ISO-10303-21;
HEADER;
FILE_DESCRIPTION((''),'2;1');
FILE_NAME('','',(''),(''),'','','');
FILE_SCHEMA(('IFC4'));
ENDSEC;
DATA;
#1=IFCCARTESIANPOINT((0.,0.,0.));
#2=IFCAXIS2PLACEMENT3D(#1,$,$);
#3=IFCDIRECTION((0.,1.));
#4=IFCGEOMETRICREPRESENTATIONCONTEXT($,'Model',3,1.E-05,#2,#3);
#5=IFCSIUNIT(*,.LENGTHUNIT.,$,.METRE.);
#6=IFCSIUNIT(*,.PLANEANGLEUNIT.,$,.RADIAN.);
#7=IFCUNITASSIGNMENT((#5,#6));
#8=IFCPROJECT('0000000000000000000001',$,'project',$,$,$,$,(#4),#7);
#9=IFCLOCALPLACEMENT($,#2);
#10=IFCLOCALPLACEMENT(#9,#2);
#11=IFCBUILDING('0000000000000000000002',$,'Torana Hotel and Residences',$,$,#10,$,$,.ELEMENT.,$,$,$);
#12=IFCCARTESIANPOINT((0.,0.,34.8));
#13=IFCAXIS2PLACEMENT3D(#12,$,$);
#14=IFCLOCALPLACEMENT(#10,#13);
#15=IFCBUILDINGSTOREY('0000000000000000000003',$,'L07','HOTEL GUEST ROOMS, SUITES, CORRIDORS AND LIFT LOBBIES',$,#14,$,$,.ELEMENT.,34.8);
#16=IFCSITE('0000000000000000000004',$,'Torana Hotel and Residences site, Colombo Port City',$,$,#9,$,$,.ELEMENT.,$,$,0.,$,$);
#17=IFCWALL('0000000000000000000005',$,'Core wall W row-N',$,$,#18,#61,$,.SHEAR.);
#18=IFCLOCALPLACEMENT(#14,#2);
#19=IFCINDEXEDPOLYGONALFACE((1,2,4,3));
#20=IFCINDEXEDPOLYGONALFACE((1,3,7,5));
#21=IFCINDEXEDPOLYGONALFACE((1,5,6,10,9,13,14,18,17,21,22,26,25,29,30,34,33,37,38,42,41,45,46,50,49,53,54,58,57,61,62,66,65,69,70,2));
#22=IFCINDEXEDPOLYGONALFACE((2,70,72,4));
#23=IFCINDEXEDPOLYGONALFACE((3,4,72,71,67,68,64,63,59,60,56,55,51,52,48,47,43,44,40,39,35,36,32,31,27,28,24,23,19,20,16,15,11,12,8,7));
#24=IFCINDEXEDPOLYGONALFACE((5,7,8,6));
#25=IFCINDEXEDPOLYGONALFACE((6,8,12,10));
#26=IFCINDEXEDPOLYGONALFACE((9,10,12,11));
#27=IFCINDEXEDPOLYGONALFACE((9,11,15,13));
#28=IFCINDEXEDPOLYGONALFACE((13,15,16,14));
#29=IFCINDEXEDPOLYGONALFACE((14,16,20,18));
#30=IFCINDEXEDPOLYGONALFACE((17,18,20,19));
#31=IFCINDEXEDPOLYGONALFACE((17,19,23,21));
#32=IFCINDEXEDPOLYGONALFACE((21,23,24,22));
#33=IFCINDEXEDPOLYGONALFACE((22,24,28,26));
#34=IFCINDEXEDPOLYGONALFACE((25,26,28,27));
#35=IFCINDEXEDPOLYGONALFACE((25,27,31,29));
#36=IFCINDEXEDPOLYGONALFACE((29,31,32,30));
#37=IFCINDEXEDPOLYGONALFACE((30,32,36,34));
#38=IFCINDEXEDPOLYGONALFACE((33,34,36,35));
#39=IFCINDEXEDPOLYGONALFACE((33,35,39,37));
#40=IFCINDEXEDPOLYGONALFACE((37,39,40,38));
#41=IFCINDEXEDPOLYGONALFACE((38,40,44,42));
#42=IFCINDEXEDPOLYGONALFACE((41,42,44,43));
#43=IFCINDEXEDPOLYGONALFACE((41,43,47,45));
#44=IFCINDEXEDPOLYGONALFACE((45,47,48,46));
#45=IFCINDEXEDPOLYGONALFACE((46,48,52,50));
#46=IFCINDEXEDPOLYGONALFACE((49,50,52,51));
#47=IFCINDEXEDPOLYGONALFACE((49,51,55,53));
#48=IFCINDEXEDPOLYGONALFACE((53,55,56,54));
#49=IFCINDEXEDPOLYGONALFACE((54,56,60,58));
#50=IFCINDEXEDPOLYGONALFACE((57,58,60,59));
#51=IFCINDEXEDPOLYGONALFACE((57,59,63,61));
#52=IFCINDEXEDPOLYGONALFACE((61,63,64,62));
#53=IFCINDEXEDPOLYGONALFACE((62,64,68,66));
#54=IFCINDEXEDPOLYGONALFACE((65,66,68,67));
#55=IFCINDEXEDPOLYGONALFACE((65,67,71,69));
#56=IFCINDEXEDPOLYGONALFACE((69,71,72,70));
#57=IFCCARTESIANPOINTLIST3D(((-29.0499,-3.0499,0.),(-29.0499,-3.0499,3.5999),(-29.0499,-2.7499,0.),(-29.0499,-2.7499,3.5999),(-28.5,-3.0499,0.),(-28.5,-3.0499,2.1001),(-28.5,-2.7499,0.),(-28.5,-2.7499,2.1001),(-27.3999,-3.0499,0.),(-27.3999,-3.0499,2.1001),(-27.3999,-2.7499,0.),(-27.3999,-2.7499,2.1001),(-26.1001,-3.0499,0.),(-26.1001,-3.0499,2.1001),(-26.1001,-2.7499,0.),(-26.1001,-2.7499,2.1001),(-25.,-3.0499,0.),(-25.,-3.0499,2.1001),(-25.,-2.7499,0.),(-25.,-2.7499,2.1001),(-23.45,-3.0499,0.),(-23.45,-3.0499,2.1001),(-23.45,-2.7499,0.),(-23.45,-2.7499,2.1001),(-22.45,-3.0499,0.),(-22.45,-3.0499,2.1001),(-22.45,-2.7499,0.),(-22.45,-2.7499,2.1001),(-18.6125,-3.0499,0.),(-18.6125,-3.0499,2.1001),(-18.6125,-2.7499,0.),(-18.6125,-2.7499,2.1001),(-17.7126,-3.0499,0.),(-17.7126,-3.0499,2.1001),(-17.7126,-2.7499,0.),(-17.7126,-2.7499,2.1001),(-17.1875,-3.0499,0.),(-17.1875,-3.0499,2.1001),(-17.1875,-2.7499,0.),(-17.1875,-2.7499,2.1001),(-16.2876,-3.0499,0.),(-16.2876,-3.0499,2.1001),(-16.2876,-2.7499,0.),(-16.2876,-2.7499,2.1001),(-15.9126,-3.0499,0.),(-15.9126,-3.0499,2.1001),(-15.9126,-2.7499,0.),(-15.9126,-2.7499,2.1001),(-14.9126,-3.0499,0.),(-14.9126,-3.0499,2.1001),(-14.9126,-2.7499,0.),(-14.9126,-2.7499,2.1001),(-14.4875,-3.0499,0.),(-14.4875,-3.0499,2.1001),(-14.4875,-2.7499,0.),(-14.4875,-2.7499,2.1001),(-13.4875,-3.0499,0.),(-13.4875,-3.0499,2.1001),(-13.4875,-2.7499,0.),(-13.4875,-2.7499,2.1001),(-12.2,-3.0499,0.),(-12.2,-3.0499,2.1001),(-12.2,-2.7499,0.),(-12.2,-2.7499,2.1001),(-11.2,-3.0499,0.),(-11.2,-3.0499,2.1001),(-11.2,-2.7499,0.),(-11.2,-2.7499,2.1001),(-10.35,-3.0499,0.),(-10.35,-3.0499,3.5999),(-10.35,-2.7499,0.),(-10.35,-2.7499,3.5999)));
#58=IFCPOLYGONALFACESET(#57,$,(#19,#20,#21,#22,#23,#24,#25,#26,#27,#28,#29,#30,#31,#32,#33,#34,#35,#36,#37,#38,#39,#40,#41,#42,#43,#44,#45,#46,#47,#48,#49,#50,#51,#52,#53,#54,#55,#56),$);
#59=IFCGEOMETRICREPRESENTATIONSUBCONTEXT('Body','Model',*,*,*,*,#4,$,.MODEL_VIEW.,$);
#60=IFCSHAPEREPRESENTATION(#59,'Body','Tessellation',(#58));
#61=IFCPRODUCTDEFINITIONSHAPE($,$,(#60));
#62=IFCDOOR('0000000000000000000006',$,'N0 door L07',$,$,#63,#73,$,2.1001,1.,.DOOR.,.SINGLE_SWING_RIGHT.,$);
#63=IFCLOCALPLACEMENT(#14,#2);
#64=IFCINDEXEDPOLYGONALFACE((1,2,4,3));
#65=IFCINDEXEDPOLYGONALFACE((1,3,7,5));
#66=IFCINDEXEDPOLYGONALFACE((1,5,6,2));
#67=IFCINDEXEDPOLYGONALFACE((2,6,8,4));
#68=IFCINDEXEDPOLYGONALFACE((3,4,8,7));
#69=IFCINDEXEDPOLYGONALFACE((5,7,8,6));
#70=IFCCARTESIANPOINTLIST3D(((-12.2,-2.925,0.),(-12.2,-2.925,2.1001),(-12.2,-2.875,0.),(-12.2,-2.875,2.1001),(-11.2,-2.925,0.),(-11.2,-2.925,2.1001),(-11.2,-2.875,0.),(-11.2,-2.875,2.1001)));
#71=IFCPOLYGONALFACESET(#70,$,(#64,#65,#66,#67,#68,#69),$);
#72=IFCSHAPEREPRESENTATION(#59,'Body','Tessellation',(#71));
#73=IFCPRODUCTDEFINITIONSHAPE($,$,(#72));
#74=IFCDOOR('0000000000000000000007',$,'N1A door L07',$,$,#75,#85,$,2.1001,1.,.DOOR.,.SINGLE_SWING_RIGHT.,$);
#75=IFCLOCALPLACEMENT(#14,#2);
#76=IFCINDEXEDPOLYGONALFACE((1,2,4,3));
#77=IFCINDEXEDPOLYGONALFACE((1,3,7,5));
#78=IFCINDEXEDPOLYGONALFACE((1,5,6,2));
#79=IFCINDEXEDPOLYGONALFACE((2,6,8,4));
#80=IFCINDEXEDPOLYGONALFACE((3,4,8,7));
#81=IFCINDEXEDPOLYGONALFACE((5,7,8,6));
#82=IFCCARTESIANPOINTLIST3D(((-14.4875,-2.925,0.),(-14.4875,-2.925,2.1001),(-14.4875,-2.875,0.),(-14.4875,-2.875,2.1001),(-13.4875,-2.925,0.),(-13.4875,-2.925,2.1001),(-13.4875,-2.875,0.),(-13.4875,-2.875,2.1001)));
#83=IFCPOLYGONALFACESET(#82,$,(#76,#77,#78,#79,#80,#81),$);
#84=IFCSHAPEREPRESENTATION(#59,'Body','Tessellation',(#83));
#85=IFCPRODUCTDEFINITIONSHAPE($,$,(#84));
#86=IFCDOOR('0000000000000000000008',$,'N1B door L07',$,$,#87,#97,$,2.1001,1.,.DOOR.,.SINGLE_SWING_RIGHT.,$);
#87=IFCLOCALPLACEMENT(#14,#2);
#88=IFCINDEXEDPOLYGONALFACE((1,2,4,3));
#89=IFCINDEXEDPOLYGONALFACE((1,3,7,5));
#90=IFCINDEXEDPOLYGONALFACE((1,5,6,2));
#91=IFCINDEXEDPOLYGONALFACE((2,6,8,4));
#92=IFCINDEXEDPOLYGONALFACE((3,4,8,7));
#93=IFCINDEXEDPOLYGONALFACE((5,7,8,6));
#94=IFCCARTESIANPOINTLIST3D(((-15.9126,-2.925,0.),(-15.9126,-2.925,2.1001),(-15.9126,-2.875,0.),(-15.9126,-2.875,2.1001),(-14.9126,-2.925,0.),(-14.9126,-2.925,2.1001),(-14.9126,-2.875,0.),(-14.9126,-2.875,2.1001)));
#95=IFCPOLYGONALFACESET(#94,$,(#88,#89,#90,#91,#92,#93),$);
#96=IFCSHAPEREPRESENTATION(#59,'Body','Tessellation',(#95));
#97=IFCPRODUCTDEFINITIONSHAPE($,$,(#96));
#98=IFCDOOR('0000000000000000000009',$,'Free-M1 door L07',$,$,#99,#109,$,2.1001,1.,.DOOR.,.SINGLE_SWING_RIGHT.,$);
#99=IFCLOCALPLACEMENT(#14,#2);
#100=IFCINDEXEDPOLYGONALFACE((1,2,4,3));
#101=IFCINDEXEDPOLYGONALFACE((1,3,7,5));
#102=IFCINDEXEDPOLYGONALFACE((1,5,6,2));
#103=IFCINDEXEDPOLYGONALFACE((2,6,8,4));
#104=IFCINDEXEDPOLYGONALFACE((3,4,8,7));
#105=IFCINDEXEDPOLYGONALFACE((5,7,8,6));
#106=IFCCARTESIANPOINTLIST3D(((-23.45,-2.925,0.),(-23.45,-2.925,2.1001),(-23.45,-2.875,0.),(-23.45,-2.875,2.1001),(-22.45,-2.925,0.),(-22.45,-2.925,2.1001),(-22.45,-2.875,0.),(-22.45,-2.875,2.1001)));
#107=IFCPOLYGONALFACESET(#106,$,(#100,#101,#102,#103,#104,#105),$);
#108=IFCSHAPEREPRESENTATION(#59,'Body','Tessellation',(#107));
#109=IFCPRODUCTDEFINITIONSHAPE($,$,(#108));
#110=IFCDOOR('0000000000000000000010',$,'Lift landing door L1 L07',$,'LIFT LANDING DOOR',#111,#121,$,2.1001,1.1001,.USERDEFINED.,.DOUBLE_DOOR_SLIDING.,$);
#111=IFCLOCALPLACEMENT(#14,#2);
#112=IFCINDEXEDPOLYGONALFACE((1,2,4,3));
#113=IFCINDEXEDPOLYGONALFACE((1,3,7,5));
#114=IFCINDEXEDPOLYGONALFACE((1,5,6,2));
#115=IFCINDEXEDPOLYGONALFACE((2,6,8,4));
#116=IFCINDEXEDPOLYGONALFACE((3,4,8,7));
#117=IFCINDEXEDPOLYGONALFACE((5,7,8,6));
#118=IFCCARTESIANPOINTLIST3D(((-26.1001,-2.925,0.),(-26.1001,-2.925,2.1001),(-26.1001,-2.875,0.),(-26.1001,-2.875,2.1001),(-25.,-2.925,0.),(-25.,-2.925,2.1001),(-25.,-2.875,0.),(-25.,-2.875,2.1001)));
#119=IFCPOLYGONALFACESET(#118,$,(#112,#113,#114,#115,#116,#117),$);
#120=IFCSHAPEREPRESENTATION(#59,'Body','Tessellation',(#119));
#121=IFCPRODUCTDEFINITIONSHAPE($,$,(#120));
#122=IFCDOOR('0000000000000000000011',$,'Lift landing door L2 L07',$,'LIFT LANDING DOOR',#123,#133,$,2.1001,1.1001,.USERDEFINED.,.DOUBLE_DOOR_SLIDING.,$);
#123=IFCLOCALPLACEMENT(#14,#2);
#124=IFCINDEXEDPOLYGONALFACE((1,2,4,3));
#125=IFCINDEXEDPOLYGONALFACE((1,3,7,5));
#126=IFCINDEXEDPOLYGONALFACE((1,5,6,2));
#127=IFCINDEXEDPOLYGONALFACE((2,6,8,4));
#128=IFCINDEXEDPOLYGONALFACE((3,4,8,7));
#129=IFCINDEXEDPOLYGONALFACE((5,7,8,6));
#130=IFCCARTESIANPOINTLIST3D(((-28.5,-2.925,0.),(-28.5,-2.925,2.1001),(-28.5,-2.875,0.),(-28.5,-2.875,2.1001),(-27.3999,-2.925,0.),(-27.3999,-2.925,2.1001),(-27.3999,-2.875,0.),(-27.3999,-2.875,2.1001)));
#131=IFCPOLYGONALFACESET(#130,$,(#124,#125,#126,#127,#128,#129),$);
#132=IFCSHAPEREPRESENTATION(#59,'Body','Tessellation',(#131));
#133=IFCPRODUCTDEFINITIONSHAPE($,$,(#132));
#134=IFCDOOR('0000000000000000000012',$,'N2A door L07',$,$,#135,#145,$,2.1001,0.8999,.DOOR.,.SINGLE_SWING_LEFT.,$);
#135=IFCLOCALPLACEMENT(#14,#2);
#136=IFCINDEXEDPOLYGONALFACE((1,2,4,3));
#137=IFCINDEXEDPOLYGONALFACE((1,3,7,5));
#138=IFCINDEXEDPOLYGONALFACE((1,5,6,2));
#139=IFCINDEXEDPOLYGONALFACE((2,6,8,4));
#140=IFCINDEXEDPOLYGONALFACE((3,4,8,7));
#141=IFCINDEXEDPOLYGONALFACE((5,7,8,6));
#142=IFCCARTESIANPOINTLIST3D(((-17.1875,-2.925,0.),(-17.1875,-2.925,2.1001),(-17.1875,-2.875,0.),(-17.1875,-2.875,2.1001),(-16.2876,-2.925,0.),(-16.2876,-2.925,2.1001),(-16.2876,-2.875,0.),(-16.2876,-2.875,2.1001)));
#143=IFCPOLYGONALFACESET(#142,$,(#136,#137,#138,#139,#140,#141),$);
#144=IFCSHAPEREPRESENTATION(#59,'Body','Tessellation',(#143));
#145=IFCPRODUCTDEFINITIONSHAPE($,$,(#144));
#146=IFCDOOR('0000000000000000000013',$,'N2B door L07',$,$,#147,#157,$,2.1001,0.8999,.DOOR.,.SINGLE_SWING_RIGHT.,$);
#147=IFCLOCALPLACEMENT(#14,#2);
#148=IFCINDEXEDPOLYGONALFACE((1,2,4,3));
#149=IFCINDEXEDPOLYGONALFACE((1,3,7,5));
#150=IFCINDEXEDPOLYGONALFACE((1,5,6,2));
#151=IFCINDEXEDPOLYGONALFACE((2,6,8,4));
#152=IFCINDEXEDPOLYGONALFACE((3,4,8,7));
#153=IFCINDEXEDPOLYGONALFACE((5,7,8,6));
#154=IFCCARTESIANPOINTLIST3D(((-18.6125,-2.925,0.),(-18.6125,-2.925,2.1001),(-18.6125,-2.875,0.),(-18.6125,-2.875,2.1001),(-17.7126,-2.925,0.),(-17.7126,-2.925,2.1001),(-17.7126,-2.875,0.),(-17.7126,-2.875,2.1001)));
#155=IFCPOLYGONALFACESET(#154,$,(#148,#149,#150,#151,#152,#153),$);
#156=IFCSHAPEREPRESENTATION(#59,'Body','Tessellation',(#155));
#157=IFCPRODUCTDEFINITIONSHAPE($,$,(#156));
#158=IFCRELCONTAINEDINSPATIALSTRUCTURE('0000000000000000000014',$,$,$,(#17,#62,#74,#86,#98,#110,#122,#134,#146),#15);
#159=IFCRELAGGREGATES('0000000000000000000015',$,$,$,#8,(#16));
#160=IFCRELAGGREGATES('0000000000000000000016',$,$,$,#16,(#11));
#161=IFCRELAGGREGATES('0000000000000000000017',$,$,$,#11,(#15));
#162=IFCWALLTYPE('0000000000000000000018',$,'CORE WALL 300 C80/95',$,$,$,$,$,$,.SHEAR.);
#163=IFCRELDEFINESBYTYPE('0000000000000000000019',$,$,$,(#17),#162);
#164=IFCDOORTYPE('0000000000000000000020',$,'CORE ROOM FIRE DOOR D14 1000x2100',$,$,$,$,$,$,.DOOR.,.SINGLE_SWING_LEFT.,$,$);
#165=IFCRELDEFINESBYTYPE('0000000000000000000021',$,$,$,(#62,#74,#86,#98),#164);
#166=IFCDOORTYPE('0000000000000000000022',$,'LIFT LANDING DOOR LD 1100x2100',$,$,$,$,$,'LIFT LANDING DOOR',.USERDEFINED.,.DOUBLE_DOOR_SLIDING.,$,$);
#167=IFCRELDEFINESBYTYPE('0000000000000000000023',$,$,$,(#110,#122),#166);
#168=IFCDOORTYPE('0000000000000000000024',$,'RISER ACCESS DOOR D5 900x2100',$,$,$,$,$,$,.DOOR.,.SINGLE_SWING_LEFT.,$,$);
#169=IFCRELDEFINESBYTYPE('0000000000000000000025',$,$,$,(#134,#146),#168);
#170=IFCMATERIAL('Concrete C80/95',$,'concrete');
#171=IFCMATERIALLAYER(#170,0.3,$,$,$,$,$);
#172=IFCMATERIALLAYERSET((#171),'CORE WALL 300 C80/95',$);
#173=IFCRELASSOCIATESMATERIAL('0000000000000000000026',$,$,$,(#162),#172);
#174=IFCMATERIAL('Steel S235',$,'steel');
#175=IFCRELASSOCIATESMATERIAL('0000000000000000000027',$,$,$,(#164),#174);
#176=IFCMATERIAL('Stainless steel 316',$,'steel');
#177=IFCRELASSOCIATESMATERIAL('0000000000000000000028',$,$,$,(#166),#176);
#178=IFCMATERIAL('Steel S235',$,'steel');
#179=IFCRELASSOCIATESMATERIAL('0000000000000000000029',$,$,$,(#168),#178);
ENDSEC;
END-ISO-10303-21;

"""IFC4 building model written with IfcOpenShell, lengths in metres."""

from ifc_helpers import new_model, si_unit, direction, frame, frame_2d, origin, place, context, subcontext, project, spatial, rectangle, extrude, material, layer, layer_set, type_object, element, fill, save


model = new_model("IFC4")

# Units and contexts
model_context = context("Model", 3, precision=1e-05, world=origin(), true_north=direction((0.0, 1.0)))
body_context = subcontext(model_context, "Body", "Model", "MODEL_VIEW")
ifc_project = project(units=[si_unit("LENGTHUNIT", "METRE"), si_unit("PLANEANGLEUNIT", "RADIAN")], contexts=[model_context])

# Site, building, storey
site_placement = place(None, origin())
site = spatial("IfcSite", under=ifc_project, at=site_placement, Name="Torana Hotel and Residences site, Colombo Port City", CompositionType="ELEMENT", RefElevation=0.0)
building_placement = place(site_placement, origin())
building = spatial("IfcBuilding", under=site, at=building_placement, Name="Torana Hotel and Residences", CompositionType="ELEMENT")
storey_placement = place(building_placement, frame((0.0, 0.0, 34.8)))
storey = spatial("IfcBuildingStorey", under=building, at=storey_placement, Name="L07", Description="HOTEL GUEST ROOMS, SUITES, CORRIDORS AND LIFT LOBBIES", CompositionType="ELEMENT", Elevation=34.8)

# Wall, openings, doors
ifc_material_1 = material(Name="Concrete C80/95", Category="concrete")
ifc_layer_1 = layer(ifc_material_1, 0.3)
ifc_layer_set_1 = layer_set([ifc_layer_1], Name="CORE WALL 300 C80/95")
wall_type_1 = type_object("IfcWallType", Name="CORE WALL 300 C80/95", PredefinedType="SHEAR", material=ifc_layer_set_1)
wall_1_placement = place(storey_placement, frame((-29.05, -2.8999, 0.0), z_axis=(0.0, 0.0, 1.0), x_axis=(1.0, 0.0, 0.0)))
wall_1 = element("IfcWall", 1, at=wall_1_placement, inside=storey, type_object=wall_type_1, Name="Core wall W row-N", PredefinedType="SHEAR", context=body_context, shape_type="SweptSolid", body=[
    extrude(rectangle(XDim=18.7, YDim=0.3, at=frame_2d((9.3501, 0.0))), origin(), (0.0, 0.0, 1.0), 3.5999),
])
opening_1_placement = place(wall_1_placement, frame((2.95, 0.0, 0.0)))
opening_1 = element("IfcOpeningElement", 2, at=opening_1_placement, cuts=wall_1, PredefinedType="OPENING", context=body_context, shape_type="SweptSolid", body=[
    extrude(rectangle(XDim=1.1001, YDim=2.1001, at=frame_2d((0.55, 1.05))), frame((0.0, 0.1599, 0.0), z_axis=(0.0, -1.0, 0.0), x_axis=(1.0, 0.0, 0.0)), (0.0, 0.0, 1.0), 0.3201),
])
opening_2_placement = place(wall_1_placement, frame((0.55, 0.0, 0.0)))
opening_2 = element("IfcOpeningElement", 3, at=opening_2_placement, cuts=wall_1, PredefinedType="OPENING", context=body_context, shape_type="SweptSolid", body=[
    extrude(rectangle(XDim=1.1001, YDim=2.1001, at=frame_2d((0.55, 1.05))), frame((0.0, 0.1599, 0.0), z_axis=(0.0, -1.0, 0.0), x_axis=(1.0, 0.0, 0.0)), (0.0, 0.0, 1.0), 0.3201),
])
opening_3_placement = place(wall_1_placement, frame((11.8625, 0.0, 0.0)))
opening_3 = element("IfcOpeningElement", 4, at=opening_3_placement, cuts=wall_1, PredefinedType="OPENING", context=body_context, shape_type="SweptSolid", body=[
    extrude(rectangle(XDim=0.8999, YDim=2.1001, at=frame_2d((0.45, 1.05))), frame((0.0, 0.1599, 0.0), z_axis=(0.0, -1.0, 0.0), x_axis=(1.0, 0.0, 0.0)), (0.0, 0.0, 1.0), 0.3201),
])
opening_4_placement = place(wall_1_placement, frame((10.4375, 0.0, 0.0)))
opening_4 = element("IfcOpeningElement", 5, at=opening_4_placement, cuts=wall_1, PredefinedType="OPENING", context=body_context, shape_type="SweptSolid", body=[
    extrude(rectangle(XDim=0.8999, YDim=2.1001, at=frame_2d((0.45, 1.05))), frame((0.0, 0.1599, 0.0), z_axis=(0.0, -1.0, 0.0), x_axis=(1.0, 0.0, 0.0)), (0.0, 0.0, 1.0), 0.3201),
])
opening_5_placement = place(wall_1_placement, frame((16.8501, 0.0, 0.0)))
opening_5 = element("IfcOpeningElement", 6, at=opening_5_placement, cuts=wall_1, PredefinedType="OPENING", context=body_context, shape_type="SweptSolid", body=[
    extrude(rectangle(XDim=1.0, YDim=2.1001, at=frame_2d((0.5, 1.05))), frame((0.0, 0.1599, 0.0), z_axis=(0.0, -1.0, 0.0), x_axis=(1.0, 0.0, 0.0)), (0.0, 0.0, 1.0), 0.3201),
])
opening_6_placement = place(wall_1_placement, frame((14.5625, 0.0, 0.0)))
opening_6 = element("IfcOpeningElement", 7, at=opening_6_placement, cuts=wall_1, PredefinedType="OPENING", context=body_context, shape_type="SweptSolid", body=[
    extrude(rectangle(XDim=1.0, YDim=2.1001, at=frame_2d((0.5, 1.05))), frame((0.0, 0.1599, 0.0), z_axis=(0.0, -1.0, 0.0), x_axis=(1.0, 0.0, 0.0)), (0.0, 0.0, 1.0), 0.3201),
])
opening_7_placement = place(wall_1_placement, frame((13.1375, 0.0, 0.0)))
opening_7 = element("IfcOpeningElement", 8, at=opening_7_placement, cuts=wall_1, PredefinedType="OPENING", context=body_context, shape_type="SweptSolid", body=[
    extrude(rectangle(XDim=1.0, YDim=2.1001, at=frame_2d((0.5, 1.05))), frame((0.0, 0.1599, 0.0), z_axis=(0.0, -1.0, 0.0), x_axis=(1.0, 0.0, 0.0)), (0.0, 0.0, 1.0), 0.3201),
])
opening_8_placement = place(wall_1_placement, frame((5.6001, 0.0, 0.0)))
opening_8 = element("IfcOpeningElement", 9, at=opening_8_placement, cuts=wall_1, PredefinedType="OPENING", context=body_context, shape_type="SweptSolid", body=[
    extrude(rectangle(XDim=1.0, YDim=2.1001, at=frame_2d((0.5, 1.05))), frame((0.0, 0.1599, 0.0), z_axis=(0.0, -1.0, 0.0), x_axis=(1.0, 0.0, 0.0)), (0.0, 0.0, 1.0), 0.3201),
])
ifc_material_2 = material(Name="Steel S235", Category="steel")
door_type_1 = type_object("IfcDoorType", Name="CORE ROOM FIRE DOOR D14 1000x2100", OperationType="SINGLE_SWING_LEFT", PredefinedType="DOOR", material=ifc_material_2)
door_1_placement = place(opening_5_placement, origin())
door_1 = element("IfcDoor", 10, at=door_1_placement, inside=storey, type_object=door_type_1, Name="N0 door L07", OperationType="SINGLE_SWING_RIGHT", OverallHeight=2.1001, OverallWidth=1.0, PredefinedType="DOOR", context=body_context, shape_type="SweptSolid", body=[
    extrude(rectangle(XDim=1.0, YDim=2.1001, at=frame_2d((0.5, 1.05))), frame((0.0, 0.0249, 0.0), z_axis=(0.0, -1.0, 0.0), x_axis=(1.0, 0.0, 0.0)), (0.0, 0.0, 1.0), 0.05),
])
fill(opening_5, door_1)
door_2_placement = place(opening_6_placement, origin())
door_2 = element("IfcDoor", 11, at=door_2_placement, inside=storey, type_object=door_type_1, Name="N1A door L07", OperationType="SINGLE_SWING_RIGHT", OverallHeight=2.1001, OverallWidth=1.0, PredefinedType="DOOR", context=body_context, shape_type="SweptSolid", body=[
    extrude(rectangle(XDim=1.0, YDim=2.1001, at=frame_2d((0.5, 1.05))), frame((0.0, 0.0249, 0.0), z_axis=(0.0, -1.0, 0.0), x_axis=(1.0, 0.0, 0.0)), (0.0, 0.0, 1.0), 0.05),
])
fill(opening_6, door_2)
door_3_placement = place(opening_7_placement, origin())
door_3 = element("IfcDoor", 12, at=door_3_placement, inside=storey, type_object=door_type_1, Name="N1B door L07", OperationType="SINGLE_SWING_RIGHT", OverallHeight=2.1001, OverallWidth=1.0, PredefinedType="DOOR", context=body_context, shape_type="SweptSolid", body=[
    extrude(rectangle(XDim=1.0, YDim=2.1001, at=frame_2d((0.5, 1.05))), frame((0.0, 0.0249, 0.0), z_axis=(0.0, -1.0, 0.0), x_axis=(1.0, 0.0, 0.0)), (0.0, 0.0, 1.0), 0.05),
])
fill(opening_7, door_3)
door_4_placement = place(opening_8_placement, origin())
door_4 = element("IfcDoor", 13, at=door_4_placement, inside=storey, type_object=door_type_1, Name="Free-M1 door L07", OperationType="SINGLE_SWING_RIGHT", OverallHeight=2.1001, OverallWidth=1.0, PredefinedType="DOOR", context=body_context, shape_type="SweptSolid", body=[
    extrude(rectangle(XDim=1.0, YDim=2.1001, at=frame_2d((0.5, 1.05))), frame((0.0, 0.0249, 0.0), z_axis=(0.0, -1.0, 0.0), x_axis=(1.0, 0.0, 0.0)), (0.0, 0.0, 1.0), 0.05),
])
fill(opening_8, door_4)
ifc_material_3 = material(Name="Stainless steel 316", Category="steel")
door_type_2 = type_object("IfcDoorType", Name="LIFT LANDING DOOR LD 1100x2100", ElementType="LIFT LANDING DOOR", OperationType="DOUBLE_DOOR_SLIDING", PredefinedType="USERDEFINED", material=ifc_material_3)
door_5_placement = place(opening_1_placement, origin())
door_5 = element("IfcDoor", 14, at=door_5_placement, inside=storey, type_object=door_type_2, Name="Lift landing door L1 L07", ObjectType="LIFT LANDING DOOR", OperationType="DOUBLE_DOOR_SLIDING", OverallHeight=2.1001, OverallWidth=1.1001, PredefinedType="USERDEFINED", context=body_context, shape_type="SweptSolid", body=[
    extrude(rectangle(XDim=1.1001, YDim=2.1001, at=frame_2d((0.55, 1.05))), frame((0.0, 0.0249, 0.0), z_axis=(0.0, -1.0, 0.0), x_axis=(1.0, 0.0, 0.0)), (0.0, 0.0, 1.0), 0.05),
])
fill(opening_1, door_5)
door_6_placement = place(opening_2_placement, origin())
door_6 = element("IfcDoor", 15, at=door_6_placement, inside=storey, type_object=door_type_2, Name="Lift landing door L2 L07", ObjectType="LIFT LANDING DOOR", OperationType="DOUBLE_DOOR_SLIDING", OverallHeight=2.1001, OverallWidth=1.1001, PredefinedType="USERDEFINED", context=body_context, shape_type="SweptSolid", body=[
    extrude(rectangle(XDim=1.1001, YDim=2.1001, at=frame_2d((0.55, 1.05))), frame((0.0, 0.0249, 0.0), z_axis=(0.0, -1.0, 0.0), x_axis=(1.0, 0.0, 0.0)), (0.0, 0.0, 1.0), 0.05),
])
fill(opening_2, door_6)
ifc_material_4 = material(Name="Steel S235", Category="steel")
door_type_3 = type_object("IfcDoorType", Name="RISER ACCESS DOOR D5 900x2100", OperationType="SINGLE_SWING_LEFT", PredefinedType="DOOR", material=ifc_material_4)
door_7_placement = place(opening_3_placement, origin())
door_7 = element("IfcDoor", 16, at=door_7_placement, inside=storey, type_object=door_type_3, Name="N2A door L07", OperationType="SINGLE_SWING_LEFT", OverallHeight=2.1001, OverallWidth=0.8999, PredefinedType="DOOR", context=body_context, shape_type="SweptSolid", body=[
    extrude(rectangle(XDim=0.8999, YDim=2.1001, at=frame_2d((0.45, 1.05))), frame((0.0, 0.0249, 0.0), z_axis=(0.0, -1.0, 0.0), x_axis=(1.0, 0.0, 0.0)), (0.0, 0.0, 1.0), 0.05),
])
fill(opening_3, door_7)
door_8_placement = place(opening_4_placement, origin())
door_8 = element("IfcDoor", 17, at=door_8_placement, inside=storey, type_object=door_type_3, Name="N2B door L07", OperationType="SINGLE_SWING_RIGHT", OverallHeight=2.1001, OverallWidth=0.8999, PredefinedType="DOOR", context=body_context, shape_type="SweptSolid", body=[
    extrude(rectangle(XDim=0.8999, YDim=2.1001, at=frame_2d((0.45, 1.05))), frame((0.0, 0.0249, 0.0), z_axis=(0.0, -1.0, 0.0), x_axis=(1.0, 0.0, 0.0)), (0.0, 0.0, 1.0), 0.05),
])
fill(opening_4, door_8)

save(model, "model.ifc")
